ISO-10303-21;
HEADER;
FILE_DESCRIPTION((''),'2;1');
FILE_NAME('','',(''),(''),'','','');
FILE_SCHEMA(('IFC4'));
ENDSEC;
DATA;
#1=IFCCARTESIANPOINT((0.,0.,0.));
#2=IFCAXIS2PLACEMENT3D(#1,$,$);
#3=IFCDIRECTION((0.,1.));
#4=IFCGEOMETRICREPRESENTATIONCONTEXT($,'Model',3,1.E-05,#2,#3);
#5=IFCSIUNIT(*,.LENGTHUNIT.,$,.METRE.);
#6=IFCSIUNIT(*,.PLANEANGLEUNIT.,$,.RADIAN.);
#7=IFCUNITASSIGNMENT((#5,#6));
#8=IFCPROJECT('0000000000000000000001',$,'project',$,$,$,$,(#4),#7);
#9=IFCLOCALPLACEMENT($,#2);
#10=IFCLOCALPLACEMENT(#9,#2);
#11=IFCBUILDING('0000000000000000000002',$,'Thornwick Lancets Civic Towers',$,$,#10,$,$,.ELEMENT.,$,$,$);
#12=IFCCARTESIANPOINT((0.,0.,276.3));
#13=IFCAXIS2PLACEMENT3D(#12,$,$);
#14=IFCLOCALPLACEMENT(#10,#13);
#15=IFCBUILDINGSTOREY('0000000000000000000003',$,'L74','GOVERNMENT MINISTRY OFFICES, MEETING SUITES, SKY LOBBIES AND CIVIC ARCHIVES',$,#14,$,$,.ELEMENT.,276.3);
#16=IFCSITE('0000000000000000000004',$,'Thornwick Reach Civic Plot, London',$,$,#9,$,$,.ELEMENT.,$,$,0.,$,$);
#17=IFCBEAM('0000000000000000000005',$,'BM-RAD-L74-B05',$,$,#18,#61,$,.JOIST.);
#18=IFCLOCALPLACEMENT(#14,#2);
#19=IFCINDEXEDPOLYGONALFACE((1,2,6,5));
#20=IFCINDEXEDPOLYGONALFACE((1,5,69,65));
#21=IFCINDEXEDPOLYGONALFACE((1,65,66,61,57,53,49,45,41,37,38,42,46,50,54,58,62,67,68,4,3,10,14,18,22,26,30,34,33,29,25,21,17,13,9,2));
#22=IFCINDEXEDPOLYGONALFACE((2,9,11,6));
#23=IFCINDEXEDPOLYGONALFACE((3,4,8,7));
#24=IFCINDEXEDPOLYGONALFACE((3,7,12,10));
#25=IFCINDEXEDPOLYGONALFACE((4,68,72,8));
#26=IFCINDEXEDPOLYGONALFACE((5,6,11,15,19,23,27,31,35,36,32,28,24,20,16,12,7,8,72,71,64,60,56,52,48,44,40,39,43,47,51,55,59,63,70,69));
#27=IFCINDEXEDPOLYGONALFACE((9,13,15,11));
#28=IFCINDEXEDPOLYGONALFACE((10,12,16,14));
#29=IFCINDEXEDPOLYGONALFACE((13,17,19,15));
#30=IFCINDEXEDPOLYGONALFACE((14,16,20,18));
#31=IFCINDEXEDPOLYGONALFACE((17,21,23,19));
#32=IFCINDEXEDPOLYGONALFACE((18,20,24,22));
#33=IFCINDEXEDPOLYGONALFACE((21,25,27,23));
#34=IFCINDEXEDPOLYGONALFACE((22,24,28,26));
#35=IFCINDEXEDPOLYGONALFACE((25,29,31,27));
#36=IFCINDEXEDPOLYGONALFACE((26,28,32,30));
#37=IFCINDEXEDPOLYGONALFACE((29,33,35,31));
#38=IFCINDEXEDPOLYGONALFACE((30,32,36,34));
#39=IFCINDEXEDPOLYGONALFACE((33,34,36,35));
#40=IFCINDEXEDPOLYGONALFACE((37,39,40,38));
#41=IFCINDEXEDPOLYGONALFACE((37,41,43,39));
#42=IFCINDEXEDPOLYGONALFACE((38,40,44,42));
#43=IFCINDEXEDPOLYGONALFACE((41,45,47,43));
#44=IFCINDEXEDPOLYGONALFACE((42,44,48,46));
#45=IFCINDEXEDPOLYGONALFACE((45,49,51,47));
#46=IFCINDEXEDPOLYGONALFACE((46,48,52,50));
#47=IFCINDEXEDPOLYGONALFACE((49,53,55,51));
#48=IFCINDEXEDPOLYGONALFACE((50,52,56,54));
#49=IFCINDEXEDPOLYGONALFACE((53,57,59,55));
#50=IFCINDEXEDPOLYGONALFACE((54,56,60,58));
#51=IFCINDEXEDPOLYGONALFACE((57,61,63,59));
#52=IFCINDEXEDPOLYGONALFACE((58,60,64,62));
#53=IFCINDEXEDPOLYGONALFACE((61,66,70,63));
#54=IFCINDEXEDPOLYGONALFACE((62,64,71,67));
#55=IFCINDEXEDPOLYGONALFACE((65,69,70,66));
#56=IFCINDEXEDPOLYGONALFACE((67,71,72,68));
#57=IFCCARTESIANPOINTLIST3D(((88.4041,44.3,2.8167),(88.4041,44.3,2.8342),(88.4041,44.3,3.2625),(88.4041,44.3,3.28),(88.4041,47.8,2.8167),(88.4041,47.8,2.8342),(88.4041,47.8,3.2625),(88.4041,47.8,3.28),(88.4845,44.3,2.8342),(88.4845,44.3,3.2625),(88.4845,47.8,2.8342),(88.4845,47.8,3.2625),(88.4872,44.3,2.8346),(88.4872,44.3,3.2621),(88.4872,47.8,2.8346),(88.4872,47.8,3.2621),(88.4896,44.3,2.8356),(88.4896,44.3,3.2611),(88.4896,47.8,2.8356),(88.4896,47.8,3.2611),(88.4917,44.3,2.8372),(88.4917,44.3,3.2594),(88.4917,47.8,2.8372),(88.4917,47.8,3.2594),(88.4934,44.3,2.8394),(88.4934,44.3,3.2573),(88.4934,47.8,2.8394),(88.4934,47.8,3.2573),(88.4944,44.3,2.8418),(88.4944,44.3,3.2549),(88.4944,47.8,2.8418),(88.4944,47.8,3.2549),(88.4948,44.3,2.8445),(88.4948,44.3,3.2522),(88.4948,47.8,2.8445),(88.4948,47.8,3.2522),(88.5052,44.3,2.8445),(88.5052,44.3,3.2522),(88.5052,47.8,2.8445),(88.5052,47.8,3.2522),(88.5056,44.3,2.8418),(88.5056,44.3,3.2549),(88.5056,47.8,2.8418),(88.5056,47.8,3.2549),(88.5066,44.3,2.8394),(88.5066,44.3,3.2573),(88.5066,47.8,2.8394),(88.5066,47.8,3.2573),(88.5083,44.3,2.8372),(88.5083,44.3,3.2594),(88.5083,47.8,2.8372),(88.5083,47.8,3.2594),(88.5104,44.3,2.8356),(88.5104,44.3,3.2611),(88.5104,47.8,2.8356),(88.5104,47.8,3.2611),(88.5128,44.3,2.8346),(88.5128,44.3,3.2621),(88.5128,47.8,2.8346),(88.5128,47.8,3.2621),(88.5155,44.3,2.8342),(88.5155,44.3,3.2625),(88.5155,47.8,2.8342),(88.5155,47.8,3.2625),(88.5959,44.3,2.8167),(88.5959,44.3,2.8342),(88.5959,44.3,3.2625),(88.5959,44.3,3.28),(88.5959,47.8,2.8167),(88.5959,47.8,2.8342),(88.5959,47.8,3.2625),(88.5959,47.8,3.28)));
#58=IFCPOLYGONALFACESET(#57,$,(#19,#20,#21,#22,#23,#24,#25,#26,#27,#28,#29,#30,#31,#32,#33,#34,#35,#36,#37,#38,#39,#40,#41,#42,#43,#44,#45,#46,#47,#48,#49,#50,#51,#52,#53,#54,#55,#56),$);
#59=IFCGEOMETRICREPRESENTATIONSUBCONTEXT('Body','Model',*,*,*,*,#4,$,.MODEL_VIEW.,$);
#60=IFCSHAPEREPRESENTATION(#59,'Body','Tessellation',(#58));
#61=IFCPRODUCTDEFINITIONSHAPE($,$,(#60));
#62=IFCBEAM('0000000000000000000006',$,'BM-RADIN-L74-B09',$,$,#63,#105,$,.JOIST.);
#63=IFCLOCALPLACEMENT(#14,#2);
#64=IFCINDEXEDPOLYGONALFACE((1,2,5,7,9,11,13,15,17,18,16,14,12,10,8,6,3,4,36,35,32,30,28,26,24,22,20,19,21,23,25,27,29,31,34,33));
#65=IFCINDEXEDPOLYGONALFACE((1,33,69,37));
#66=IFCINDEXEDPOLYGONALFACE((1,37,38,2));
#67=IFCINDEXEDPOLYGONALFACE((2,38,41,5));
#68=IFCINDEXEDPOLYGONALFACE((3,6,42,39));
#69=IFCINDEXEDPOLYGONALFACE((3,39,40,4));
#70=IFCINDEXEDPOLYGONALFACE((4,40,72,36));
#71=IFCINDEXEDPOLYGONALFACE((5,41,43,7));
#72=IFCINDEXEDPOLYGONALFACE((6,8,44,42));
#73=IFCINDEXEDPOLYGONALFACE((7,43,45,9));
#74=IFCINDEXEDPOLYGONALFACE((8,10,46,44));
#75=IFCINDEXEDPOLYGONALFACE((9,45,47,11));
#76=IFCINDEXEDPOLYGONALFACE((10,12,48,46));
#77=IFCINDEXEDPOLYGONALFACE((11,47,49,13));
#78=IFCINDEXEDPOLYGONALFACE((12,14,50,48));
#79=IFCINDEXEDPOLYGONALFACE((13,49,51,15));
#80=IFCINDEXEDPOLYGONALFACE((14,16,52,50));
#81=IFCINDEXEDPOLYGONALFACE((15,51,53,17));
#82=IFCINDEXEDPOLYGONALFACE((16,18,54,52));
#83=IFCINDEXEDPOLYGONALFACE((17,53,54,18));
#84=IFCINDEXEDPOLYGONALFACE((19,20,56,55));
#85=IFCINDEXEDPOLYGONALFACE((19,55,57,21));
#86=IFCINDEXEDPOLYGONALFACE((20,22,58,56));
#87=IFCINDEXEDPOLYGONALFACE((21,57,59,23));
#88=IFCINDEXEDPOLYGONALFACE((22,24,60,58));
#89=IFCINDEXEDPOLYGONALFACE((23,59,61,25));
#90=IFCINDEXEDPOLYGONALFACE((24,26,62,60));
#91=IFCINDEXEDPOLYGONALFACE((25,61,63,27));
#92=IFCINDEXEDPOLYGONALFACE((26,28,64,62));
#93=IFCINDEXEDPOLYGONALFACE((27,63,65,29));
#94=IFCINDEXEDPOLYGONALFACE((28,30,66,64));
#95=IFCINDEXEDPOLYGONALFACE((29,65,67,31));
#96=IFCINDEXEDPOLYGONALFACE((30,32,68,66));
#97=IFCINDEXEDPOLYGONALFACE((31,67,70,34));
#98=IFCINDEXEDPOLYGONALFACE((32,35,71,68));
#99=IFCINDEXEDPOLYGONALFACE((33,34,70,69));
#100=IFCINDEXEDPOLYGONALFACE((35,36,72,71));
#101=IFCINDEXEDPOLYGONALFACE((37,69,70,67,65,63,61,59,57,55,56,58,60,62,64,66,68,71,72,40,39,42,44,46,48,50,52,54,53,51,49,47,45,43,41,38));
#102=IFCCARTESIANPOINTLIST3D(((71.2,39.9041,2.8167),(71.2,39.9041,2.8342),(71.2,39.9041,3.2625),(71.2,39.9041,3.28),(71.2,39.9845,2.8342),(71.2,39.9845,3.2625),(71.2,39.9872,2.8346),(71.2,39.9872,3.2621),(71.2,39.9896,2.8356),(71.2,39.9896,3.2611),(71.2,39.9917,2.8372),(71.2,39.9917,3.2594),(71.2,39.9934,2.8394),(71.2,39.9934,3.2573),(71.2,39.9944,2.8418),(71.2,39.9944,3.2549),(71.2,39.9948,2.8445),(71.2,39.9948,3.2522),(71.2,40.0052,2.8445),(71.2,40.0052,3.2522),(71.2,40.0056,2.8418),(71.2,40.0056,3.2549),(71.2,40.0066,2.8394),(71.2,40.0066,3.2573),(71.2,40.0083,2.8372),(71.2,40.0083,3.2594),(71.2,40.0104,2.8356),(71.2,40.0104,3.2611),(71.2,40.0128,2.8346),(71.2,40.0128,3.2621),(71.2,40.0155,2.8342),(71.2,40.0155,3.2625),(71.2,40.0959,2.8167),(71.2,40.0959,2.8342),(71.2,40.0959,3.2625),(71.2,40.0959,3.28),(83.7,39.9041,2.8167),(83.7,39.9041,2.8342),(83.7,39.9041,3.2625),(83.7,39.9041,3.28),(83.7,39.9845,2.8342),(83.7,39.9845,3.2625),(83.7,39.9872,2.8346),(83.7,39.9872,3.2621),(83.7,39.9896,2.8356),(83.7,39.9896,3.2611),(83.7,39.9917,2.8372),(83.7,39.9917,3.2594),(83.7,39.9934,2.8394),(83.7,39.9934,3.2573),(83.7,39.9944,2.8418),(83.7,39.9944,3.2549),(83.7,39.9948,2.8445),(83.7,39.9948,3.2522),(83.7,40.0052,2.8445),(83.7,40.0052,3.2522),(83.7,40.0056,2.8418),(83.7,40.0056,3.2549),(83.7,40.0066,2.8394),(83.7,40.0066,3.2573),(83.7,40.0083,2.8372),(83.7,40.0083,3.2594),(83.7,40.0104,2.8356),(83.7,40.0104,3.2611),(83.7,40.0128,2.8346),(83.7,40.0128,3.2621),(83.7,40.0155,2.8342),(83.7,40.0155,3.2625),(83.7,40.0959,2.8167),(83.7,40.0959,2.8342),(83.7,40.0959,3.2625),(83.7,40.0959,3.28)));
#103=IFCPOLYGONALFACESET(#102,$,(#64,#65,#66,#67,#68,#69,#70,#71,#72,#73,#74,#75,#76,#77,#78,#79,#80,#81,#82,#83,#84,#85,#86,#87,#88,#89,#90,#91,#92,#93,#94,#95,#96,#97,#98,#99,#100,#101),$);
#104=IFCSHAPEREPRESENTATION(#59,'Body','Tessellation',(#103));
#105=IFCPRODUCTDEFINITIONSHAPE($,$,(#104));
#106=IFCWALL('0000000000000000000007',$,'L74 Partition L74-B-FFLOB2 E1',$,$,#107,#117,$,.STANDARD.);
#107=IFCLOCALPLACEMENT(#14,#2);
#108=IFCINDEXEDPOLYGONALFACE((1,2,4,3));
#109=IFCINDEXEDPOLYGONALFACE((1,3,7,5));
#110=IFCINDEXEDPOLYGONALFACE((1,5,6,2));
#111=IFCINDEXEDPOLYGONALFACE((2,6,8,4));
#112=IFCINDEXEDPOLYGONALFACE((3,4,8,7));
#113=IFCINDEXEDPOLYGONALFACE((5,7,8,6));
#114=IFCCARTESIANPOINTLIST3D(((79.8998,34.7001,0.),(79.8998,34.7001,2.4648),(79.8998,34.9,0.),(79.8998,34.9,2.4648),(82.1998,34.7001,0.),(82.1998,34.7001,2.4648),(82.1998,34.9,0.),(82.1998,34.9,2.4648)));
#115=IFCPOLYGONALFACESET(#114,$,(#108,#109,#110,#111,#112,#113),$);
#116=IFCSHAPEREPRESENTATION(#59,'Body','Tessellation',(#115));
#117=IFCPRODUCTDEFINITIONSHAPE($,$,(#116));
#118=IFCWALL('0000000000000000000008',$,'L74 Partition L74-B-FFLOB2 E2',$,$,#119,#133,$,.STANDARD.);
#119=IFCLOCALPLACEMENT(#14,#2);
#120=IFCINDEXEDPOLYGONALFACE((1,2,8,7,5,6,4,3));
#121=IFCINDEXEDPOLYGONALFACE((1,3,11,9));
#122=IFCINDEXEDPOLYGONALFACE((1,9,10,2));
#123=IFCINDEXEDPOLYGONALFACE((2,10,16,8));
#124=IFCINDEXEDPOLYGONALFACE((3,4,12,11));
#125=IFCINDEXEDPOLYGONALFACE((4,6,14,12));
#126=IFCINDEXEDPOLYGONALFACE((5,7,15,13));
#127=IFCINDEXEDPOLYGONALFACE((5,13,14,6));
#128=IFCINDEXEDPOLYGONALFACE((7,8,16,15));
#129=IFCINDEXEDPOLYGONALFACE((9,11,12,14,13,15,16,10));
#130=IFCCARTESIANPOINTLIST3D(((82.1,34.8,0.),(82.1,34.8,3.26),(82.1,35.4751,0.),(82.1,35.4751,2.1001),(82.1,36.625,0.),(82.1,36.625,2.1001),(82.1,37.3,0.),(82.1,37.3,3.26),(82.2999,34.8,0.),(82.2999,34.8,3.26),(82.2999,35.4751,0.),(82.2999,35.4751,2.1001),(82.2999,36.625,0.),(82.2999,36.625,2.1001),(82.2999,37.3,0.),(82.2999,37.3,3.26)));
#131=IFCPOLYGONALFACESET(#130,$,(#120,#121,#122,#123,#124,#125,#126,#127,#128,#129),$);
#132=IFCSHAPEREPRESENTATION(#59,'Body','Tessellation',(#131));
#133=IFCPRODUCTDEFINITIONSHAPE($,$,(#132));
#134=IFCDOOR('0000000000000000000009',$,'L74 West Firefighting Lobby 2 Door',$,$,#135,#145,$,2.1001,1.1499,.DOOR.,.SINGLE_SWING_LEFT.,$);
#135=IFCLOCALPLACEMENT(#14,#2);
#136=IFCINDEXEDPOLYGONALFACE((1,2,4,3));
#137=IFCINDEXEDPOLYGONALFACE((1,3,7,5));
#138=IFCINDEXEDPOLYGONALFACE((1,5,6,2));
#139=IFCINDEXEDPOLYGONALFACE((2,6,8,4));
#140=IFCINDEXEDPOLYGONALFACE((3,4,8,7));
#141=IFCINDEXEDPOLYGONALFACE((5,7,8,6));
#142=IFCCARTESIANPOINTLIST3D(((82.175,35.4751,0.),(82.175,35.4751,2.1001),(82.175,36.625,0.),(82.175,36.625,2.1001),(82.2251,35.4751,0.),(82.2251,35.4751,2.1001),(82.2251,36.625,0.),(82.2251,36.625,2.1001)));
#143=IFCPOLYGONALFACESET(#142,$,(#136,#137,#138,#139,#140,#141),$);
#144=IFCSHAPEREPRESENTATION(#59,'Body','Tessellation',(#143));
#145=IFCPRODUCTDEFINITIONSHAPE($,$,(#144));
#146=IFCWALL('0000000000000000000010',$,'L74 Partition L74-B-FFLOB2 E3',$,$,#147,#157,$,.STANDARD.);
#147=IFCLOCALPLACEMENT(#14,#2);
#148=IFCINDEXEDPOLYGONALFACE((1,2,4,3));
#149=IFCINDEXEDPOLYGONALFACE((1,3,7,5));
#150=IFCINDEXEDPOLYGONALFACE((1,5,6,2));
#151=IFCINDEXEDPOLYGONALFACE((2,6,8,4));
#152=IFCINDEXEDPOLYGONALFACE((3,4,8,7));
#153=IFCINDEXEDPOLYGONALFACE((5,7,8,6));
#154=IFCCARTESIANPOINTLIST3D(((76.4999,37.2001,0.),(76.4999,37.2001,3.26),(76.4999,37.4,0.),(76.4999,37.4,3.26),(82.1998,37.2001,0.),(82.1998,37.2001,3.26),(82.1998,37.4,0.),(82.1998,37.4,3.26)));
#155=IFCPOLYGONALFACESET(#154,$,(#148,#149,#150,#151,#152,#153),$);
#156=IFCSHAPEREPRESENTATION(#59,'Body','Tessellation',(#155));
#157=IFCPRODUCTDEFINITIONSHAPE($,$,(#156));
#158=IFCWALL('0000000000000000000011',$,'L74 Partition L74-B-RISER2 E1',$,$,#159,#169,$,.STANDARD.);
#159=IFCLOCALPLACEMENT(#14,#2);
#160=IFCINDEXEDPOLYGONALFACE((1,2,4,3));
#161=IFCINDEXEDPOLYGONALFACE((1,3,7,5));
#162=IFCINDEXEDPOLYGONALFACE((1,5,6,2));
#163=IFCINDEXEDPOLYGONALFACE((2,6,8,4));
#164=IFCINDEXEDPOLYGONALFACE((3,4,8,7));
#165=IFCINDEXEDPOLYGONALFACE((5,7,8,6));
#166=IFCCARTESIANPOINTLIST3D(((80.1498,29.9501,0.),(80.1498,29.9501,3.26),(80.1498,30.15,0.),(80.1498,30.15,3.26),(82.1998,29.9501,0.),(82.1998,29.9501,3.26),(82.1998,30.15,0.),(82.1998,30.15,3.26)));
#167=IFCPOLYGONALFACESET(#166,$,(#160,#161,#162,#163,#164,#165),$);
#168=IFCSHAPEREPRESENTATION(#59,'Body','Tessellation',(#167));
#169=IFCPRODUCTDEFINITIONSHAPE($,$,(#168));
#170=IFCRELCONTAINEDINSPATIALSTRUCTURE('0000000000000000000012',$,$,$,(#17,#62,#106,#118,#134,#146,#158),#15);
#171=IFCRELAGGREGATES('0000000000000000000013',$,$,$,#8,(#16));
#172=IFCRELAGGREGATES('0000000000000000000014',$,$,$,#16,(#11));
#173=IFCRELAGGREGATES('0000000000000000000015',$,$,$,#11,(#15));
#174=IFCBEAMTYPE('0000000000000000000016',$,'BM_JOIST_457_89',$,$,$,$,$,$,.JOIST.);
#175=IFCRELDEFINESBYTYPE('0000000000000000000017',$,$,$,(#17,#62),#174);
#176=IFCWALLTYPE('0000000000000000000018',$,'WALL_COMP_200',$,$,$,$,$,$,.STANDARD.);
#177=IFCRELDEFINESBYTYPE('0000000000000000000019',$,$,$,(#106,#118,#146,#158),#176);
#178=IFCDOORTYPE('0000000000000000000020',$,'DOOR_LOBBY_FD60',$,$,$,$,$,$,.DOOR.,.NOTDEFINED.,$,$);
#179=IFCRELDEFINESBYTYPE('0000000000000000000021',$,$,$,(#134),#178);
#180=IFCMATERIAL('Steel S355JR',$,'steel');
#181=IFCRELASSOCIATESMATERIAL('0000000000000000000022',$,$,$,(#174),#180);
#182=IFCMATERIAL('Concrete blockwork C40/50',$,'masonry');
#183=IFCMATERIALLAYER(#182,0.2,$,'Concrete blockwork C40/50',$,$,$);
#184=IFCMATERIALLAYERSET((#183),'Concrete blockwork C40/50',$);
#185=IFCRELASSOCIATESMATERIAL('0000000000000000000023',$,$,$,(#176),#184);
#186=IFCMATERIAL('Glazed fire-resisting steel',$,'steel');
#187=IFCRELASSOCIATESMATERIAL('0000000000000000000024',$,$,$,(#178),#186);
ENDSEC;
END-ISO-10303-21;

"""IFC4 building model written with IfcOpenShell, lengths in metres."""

from ifc_helpers import new_model, si_unit, direction, frame, frame_2d, origin, origin_2d, place, context, subcontext, project, spatial, rectangle, i_section, extrude, material, layer, layer_set, material_profile, profile_set, type_object, element, fill, save


model = new_model("IFC4")

# Units and contexts
model_context = context("Model", 3, precision=1e-05, world=origin(), true_north=direction((0.0, 1.0)))
body_context = subcontext(model_context, "Body", "Model", "MODEL_VIEW")
ifc_project = project(units=[si_unit("LENGTHUNIT", "METRE"), si_unit("PLANEANGLEUNIT", "RADIAN")], contexts=[model_context])

# Site, building, storey
site_placement = place(None, origin())
site = spatial("IfcSite", under=ifc_project, at=site_placement, Name="Thornwick Reach Civic Plot, London", CompositionType="ELEMENT", RefElevation=0.0)
building_placement = place(site_placement, origin())
building = spatial("IfcBuilding", under=site, at=building_placement, Name="Thornwick Lancets Civic Towers", CompositionType="ELEMENT")
storey_placement = place(building_placement, frame((0.0, 0.0, 276.3)))
storey = spatial("IfcBuildingStorey", under=building, at=storey_placement, Name="L74", Description="GOVERNMENT MINISTRY OFFICES, MEETING SUITES, SKY LOBBIES AND CIVIC ARCHIVES", CompositionType="ELEMENT", Elevation=276.3)

# Shared definitions
ifc_material_1 = material(Name="Steel S355JR", Category="steel")

# Beams
ifc_material_profile_1 = material_profile(ifc_material_1, i_section(OverallWidth=0.1919, OverallDepth=0.4634, WebThickness=0.0105, FlangeThickness=0.0176, FilletRadius=0.0103, at=origin_2d()), Name="UKB 457x191x89")
ifc_profile_set_1 = profile_set([ifc_material_profile_1], Name="Steel S355JR")
beam_type_1 = type_object("IfcBeamType", Name="BM_JOIST_457_89", PredefinedType="JOIST", material=ifc_profile_set_1)
beam_1_placement = place(storey_placement, frame((88.5, 44.3, 3.0483), z_axis=(0.0, 1.0, 0.0), x_axis=(-1.0, 0.0, 0.0)))
element("IfcBeam", 1, at=beam_1_placement, inside=storey, type_object=beam_type_1, Name="BM-RAD-L74-B05", PredefinedType="JOIST", context=body_context, shape_type="SweptSolid", body=[
    extrude(i_section(OverallWidth=0.1919, OverallDepth=0.4634, WebThickness=0.0105, FlangeThickness=0.0176, FilletRadius=0.0103, at=origin_2d()), origin(), (0.0, 0.0, 1.0), 3.5),
])
beam_2_placement = place(storey_placement, frame((83.7, 40.0, 3.0483), z_axis=(-1.0, 0.0, 0.0), x_axis=(0.0, -1.0, 0.0)))
element("IfcBeam", 2, at=beam_2_placement, inside=storey, type_object=beam_type_1, Name="BM-RADIN-L74-B09", PredefinedType="JOIST", context=body_context, shape_type="SweptSolid", body=[
    extrude(i_section(OverallWidth=0.1919, OverallDepth=0.4634, WebThickness=0.0105, FlangeThickness=0.0176, FilletRadius=0.0103, at=origin_2d()), origin(), (0.0, 0.0, 1.0), 12.5),
])

# Wall
ifc_material_2 = material(Name="Concrete blockwork C40/50", Category="masonry")
ifc_layer_1 = layer(ifc_material_2, 0.2, Name="Concrete blockwork C40/50")
ifc_layer_set_1 = layer_set([ifc_layer_1], Name="Concrete blockwork C40/50")
wall_type_1 = type_object("IfcWallType", Name="WALL_COMP_200", PredefinedType="STANDARD", material=ifc_layer_set_1)
wall_1_placement = place(storey_placement, frame((79.8999, 34.8, 0.0), z_axis=(0.0, 0.0, 1.0), x_axis=(1.0, 0.0, 0.0)))
element("IfcWall", 3, at=wall_1_placement, inside=storey, type_object=wall_type_1, Name="L74 Partition L74-B-FFLOB2 E1", PredefinedType="STANDARD", context=body_context, shape_type="SweptSolid", body=[
    extrude(rectangle(XDim=2.3, YDim=0.2, at=frame_2d((1.1499, 0.0))), origin(), (0.0, 0.0, 1.0), 2.4648),
])

# Wall, opening, door
wall_2_placement = place(storey_placement, frame((82.2, 34.8, 0.0), z_axis=(0.0, 0.0, 1.0), x_axis=(0.0, 1.0, 0.0)))
wall_2 = element("IfcWall", 4, at=wall_2_placement, inside=storey, type_object=wall_type_1, Name="L74 Partition L74-B-FFLOB2 E2", PredefinedType="STANDARD", context=body_context, shape_type="SweptSolid", body=[
    extrude(rectangle(XDim=2.5, YDim=0.2, at=frame_2d((1.25, 0.0))), origin(), (0.0, 0.0, 1.0), 3.26),
])
opening_1_placement = place(wall_2_placement, frame((0.675, 0.0, 0.0)))
opening_1 = element("IfcOpeningElement", 5, at=opening_1_placement, cuts=wall_2, PredefinedType="OPENING", context=body_context, shape_type="SweptSolid", body=[
    extrude(rectangle(XDim=1.1499, YDim=2.1001, at=frame_2d((0.575, 1.05))), frame((0.0, 0.1099, 0.0), z_axis=(0.0, -1.0, 0.0), x_axis=(1.0, 0.0, 0.0)), (0.0, 0.0, 1.0), 0.22),
])
ifc_material_3 = material(Name="Glazed fire-resisting steel", Category="steel")
door_type_1 = type_object("IfcDoorType", Name="DOOR_LOBBY_FD60", OperationType="NOTDEFINED", PredefinedType="DOOR", material=ifc_material_3)
door_1_placement = place(opening_1_placement, origin())
door_1 = element("IfcDoor", 6, at=door_1_placement, inside=storey, type_object=door_type_1, Name="L74 West Firefighting Lobby 2 Door", OperationType="SINGLE_SWING_LEFT", OverallHeight=2.1001, OverallWidth=1.1499, PredefinedType="DOOR", context=body_context, shape_type="SweptSolid", body=[
    extrude(rectangle(XDim=1.1499, YDim=2.1001, at=frame_2d((0.575, 1.05))), frame((0.0, 0.0249, 0.0), z_axis=(0.0, -1.0, 0.0), x_axis=(1.0, 0.0, 0.0)), (0.0, 0.0, 1.0), 0.05),
])
fill(opening_1, door_1)

# Walls
wall_3_placement = place(storey_placement, frame((82.2, 37.3, 0.0), z_axis=(0.0, 0.0, 1.0), x_axis=(-1.0, 0.0, 0.0)))
element("IfcWall", 7, at=wall_3_placement, inside=storey, type_object=wall_type_1, Name="L74 Partition L74-B-FFLOB2 E3", PredefinedType="STANDARD", context=body_context, shape_type="SweptSolid", body=[
    extrude(rectangle(XDim=5.7, YDim=0.2, at=frame_2d((2.8501, 0.0))), origin(), (0.0, 0.0, 1.0), 3.26),
])
wall_4_placement = place(storey_placement, frame((80.1499, 30.05, 0.0), z_axis=(0.0, 0.0, 1.0), x_axis=(1.0, 0.0, 0.0)))
element("IfcWall", 8, at=wall_4_placement, inside=storey, type_object=wall_type_1, Name="L74 Partition L74-B-RISER2 E1", PredefinedType="STANDARD", context=body_context, shape_type="SweptSolid", body=[
    extrude(rectangle(XDim=2.05, YDim=0.2, at=frame_2d((1.0249, 0.0))), origin(), (0.0, 0.0, 1.0), 3.26),
])

save(model, "model.ifc")
